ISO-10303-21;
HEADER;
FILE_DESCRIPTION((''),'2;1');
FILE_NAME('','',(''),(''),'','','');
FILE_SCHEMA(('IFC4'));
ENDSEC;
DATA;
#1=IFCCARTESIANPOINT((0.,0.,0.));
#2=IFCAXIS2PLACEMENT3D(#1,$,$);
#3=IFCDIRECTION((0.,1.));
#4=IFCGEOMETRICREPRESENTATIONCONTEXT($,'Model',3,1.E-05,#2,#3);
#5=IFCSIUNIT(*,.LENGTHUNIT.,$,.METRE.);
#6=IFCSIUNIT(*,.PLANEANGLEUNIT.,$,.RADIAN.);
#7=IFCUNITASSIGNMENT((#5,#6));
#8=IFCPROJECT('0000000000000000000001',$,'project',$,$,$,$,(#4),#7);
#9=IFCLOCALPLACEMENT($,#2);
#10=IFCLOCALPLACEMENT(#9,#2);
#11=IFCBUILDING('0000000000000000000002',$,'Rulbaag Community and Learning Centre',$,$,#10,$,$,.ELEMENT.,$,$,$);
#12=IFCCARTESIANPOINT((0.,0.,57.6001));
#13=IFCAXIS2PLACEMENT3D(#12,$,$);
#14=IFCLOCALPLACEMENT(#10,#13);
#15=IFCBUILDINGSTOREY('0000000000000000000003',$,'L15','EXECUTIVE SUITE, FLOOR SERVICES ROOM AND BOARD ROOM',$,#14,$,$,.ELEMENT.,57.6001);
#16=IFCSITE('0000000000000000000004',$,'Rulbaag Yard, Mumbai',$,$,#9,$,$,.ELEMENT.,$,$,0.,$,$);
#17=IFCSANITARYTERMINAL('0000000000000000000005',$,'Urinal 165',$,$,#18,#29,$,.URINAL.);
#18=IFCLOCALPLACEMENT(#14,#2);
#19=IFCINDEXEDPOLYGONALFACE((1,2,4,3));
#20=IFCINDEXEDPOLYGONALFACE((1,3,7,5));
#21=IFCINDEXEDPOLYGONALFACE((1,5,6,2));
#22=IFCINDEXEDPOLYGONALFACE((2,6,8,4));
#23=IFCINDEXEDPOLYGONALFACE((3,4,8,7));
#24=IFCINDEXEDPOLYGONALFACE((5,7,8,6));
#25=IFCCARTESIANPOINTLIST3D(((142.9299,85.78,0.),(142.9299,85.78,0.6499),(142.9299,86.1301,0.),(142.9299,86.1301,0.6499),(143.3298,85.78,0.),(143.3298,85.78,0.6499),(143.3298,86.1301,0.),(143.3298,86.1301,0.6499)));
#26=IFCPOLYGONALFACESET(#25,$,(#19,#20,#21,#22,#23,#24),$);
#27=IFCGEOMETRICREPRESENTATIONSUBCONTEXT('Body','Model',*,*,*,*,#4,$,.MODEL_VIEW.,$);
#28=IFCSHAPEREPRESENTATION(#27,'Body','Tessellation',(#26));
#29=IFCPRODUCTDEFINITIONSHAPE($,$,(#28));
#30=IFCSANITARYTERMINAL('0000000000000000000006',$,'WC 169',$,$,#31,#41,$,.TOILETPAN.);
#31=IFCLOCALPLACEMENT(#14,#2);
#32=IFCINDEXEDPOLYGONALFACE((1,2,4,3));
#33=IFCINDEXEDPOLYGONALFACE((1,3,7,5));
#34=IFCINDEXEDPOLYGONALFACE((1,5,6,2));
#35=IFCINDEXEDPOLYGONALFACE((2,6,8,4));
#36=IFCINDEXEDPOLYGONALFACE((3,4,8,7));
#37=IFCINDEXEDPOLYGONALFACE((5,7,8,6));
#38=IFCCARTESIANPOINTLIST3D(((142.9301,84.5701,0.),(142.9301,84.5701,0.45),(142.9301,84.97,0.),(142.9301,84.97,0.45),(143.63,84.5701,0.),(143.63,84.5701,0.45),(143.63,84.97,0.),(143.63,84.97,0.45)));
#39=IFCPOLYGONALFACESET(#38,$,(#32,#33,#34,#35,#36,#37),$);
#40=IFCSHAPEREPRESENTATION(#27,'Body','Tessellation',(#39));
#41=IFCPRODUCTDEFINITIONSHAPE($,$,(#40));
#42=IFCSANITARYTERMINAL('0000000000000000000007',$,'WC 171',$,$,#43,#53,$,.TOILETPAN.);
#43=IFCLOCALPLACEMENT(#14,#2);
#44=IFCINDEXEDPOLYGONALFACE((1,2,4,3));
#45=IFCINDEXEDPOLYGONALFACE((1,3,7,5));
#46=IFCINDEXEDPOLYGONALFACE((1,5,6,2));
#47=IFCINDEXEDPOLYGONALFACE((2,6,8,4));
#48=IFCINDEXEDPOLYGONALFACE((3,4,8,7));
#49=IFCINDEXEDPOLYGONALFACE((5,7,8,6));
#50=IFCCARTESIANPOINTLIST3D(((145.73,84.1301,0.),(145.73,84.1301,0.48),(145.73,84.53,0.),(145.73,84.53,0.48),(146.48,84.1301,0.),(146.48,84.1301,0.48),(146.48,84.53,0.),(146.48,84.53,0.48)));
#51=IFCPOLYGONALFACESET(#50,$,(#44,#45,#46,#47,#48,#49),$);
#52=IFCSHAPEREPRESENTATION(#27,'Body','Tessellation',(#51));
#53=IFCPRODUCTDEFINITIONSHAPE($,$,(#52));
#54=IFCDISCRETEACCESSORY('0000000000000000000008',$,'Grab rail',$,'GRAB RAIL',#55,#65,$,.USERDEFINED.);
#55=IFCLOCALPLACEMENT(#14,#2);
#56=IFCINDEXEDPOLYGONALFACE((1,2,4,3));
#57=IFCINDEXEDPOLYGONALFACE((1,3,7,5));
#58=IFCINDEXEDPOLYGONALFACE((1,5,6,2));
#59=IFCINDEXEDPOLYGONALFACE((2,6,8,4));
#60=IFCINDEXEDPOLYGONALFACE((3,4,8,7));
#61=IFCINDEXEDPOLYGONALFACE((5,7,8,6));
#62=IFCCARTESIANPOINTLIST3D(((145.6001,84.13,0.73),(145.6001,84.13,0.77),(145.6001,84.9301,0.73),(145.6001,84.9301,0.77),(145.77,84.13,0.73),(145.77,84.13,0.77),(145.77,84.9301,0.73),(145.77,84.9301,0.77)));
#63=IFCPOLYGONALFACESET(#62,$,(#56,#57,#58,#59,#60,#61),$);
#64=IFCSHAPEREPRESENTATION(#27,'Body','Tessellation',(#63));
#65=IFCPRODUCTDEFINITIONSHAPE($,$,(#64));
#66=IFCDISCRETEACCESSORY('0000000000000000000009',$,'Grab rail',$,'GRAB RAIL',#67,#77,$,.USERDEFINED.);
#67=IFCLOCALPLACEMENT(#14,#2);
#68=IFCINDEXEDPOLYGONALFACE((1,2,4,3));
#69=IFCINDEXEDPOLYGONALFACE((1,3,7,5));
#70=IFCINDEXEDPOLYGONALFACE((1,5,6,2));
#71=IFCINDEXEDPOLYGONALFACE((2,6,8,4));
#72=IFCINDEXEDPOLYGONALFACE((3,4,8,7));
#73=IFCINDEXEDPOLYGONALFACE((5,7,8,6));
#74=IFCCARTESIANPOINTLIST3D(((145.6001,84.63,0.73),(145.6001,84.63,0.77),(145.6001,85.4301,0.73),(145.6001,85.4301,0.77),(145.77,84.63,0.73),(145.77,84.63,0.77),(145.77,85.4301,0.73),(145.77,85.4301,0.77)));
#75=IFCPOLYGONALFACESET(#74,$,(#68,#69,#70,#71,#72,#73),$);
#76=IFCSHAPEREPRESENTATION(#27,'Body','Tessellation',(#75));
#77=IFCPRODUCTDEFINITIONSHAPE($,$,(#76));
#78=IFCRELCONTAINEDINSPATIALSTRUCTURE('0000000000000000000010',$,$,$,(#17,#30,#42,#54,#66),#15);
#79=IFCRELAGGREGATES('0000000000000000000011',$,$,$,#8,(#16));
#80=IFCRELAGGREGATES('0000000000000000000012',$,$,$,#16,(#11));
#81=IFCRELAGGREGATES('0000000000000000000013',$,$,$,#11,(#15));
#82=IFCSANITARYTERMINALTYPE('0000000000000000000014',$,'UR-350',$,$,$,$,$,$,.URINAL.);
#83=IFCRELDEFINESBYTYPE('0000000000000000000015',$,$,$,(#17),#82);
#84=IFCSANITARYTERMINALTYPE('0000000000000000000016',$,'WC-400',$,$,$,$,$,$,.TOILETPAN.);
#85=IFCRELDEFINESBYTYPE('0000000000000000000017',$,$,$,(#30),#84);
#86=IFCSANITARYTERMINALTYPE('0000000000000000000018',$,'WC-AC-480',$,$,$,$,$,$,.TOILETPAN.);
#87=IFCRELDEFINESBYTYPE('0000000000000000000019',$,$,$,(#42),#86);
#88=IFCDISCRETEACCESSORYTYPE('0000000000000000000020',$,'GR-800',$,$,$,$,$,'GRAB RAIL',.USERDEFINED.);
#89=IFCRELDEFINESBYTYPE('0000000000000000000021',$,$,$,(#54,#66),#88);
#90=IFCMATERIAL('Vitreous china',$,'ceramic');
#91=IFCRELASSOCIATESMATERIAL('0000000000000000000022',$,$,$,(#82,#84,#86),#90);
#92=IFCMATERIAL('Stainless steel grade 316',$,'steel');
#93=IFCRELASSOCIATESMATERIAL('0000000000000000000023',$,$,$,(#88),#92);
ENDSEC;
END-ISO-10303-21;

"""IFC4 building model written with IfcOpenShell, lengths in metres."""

from ifc_helpers import new_model, si_unit, direction, frame, origin, origin_2d, place, context, subcontext, project, spatial, rectangle, extrude, material, type_object, element, save


model = new_model("IFC4")

# Units and contexts
model_context = context("Model", 3, precision=1e-05, world=origin(), true_north=direction((0.0, 1.0)))
body_context = subcontext(model_context, "Body", "Model", "MODEL_VIEW")
ifc_project = project(units=[si_unit("LENGTHUNIT", "METRE"), si_unit("PLANEANGLEUNIT", "RADIAN")], contexts=[model_context])

# Site, building, storey
site_placement = place(None, origin())
site = spatial("IfcSite", under=ifc_project, at=site_placement, Name="Rulbaag Yard, Mumbai", CompositionType="ELEMENT", RefElevation=0.0)
building_placement = place(site_placement, origin())
building = spatial("IfcBuilding", under=site, at=building_placement, Name="Rulbaag Community and Learning Centre", CompositionType="ELEMENT")
storey_placement = place(building_placement, frame((0.0, 0.0, 57.6001)))
storey = spatial("IfcBuildingStorey", under=building, at=storey_placement, Name="L15", Description="EXECUTIVE SUITE, FLOOR SERVICES ROOM AND BOARD ROOM", CompositionType="ELEMENT", Elevation=57.6001)

# Shared definitions
ifc_material_1 = material(Name="Stainless steel grade 316", Category="steel")

# Sanitary terminals
ifc_material_2 = material(Name="Vitreous china", Category="ceramic")
sanitary_terminal_type_1 = type_object("IfcSanitaryTerminalType", Name="UR-350", PredefinedType="URINAL", material=ifc_material_2)
sanitary_terminal_1_placement = place(storey_placement, frame((143.1299, 85.9551, 0.0), z_axis=(0.0, 0.0, 1.0), x_axis=(1.0, 0.0, 0.0)))
element("IfcSanitaryTerminal", 1, at=sanitary_terminal_1_placement, inside=storey, type_object=sanitary_terminal_type_1, Name="Urinal 165", PredefinedType="URINAL", context=body_context, shape_type="SweptSolid", body=[
    extrude(rectangle(XDim=0.3999, YDim=0.3501, at=origin_2d()), origin(), (0.0, 0.0, 1.0), 0.6499),
])
sanitary_terminal_type_2 = type_object("IfcSanitaryTerminalType", Name="WC-400", PredefinedType="TOILETPAN", material=ifc_material_2)
sanitary_terminal_2_placement = place(storey_placement, frame((143.28, 84.77, 0.0), z_axis=(0.0, 0.0, 1.0), x_axis=(1.0, 0.0, 0.0)))
element("IfcSanitaryTerminal", 2, at=sanitary_terminal_2_placement, inside=storey, type_object=sanitary_terminal_type_2, Name="WC 169", PredefinedType="TOILETPAN", context=body_context, shape_type="SweptSolid", body=[
    extrude(rectangle(XDim=0.7, YDim=0.3999, at=origin_2d()), origin(), (0.0, 0.0, 1.0), 0.45),
])
sanitary_terminal_type_3 = type_object("IfcSanitaryTerminalType", Name="WC-AC-480", PredefinedType="TOILETPAN", material=ifc_material_2)
sanitary_terminal_3_placement = place(storey_placement, frame((146.105, 84.3301, 0.0), z_axis=(0.0, 0.0, 1.0), x_axis=(1.0, 0.0, 0.0)))
element("IfcSanitaryTerminal", 3, at=sanitary_terminal_3_placement, inside=storey, type_object=sanitary_terminal_type_3, Name="WC 171", PredefinedType="TOILETPAN", context=body_context, shape_type="SweptSolid", body=[
    extrude(rectangle(XDim=0.75, YDim=0.3999, at=origin_2d()), origin(), (0.0, 0.0, 1.0), 0.48),
])

# Discrete accessories
discrete_accessory_type = type_object("IfcDiscreteAccessoryType", Name="GR-800", ElementType="GRAB RAIL", PredefinedType="USERDEFINED", material=ifc_material_1)
for number, where, z_axis, x_axis, name in (
    (4, (145.6851, 84.53, 0.73), (0.0, 0.0, 1.0), (1.0, 0.0, 0.0), "Grab rail"),
    (5, (145.6851, 85.03, 0.73), (0.0, 0.0, 1.0), (1.0, 0.0, 0.0), "Grab rail"),
):
    element("IfcDiscreteAccessory", number, at=place(storey_placement, frame(where, z_axis=z_axis, x_axis=x_axis)), inside=storey, type_object=discrete_accessory_type, Name=name, ObjectType="GRAB RAIL", PredefinedType="USERDEFINED", context=body_context, shape_type="SweptSolid", body=[
        extrude(rectangle(XDim=0.1699, YDim=0.8, at=origin_2d()), origin(), (0.0, 0.0, 1.0), 0.04),
    ])

save(model, "model.ifc")
